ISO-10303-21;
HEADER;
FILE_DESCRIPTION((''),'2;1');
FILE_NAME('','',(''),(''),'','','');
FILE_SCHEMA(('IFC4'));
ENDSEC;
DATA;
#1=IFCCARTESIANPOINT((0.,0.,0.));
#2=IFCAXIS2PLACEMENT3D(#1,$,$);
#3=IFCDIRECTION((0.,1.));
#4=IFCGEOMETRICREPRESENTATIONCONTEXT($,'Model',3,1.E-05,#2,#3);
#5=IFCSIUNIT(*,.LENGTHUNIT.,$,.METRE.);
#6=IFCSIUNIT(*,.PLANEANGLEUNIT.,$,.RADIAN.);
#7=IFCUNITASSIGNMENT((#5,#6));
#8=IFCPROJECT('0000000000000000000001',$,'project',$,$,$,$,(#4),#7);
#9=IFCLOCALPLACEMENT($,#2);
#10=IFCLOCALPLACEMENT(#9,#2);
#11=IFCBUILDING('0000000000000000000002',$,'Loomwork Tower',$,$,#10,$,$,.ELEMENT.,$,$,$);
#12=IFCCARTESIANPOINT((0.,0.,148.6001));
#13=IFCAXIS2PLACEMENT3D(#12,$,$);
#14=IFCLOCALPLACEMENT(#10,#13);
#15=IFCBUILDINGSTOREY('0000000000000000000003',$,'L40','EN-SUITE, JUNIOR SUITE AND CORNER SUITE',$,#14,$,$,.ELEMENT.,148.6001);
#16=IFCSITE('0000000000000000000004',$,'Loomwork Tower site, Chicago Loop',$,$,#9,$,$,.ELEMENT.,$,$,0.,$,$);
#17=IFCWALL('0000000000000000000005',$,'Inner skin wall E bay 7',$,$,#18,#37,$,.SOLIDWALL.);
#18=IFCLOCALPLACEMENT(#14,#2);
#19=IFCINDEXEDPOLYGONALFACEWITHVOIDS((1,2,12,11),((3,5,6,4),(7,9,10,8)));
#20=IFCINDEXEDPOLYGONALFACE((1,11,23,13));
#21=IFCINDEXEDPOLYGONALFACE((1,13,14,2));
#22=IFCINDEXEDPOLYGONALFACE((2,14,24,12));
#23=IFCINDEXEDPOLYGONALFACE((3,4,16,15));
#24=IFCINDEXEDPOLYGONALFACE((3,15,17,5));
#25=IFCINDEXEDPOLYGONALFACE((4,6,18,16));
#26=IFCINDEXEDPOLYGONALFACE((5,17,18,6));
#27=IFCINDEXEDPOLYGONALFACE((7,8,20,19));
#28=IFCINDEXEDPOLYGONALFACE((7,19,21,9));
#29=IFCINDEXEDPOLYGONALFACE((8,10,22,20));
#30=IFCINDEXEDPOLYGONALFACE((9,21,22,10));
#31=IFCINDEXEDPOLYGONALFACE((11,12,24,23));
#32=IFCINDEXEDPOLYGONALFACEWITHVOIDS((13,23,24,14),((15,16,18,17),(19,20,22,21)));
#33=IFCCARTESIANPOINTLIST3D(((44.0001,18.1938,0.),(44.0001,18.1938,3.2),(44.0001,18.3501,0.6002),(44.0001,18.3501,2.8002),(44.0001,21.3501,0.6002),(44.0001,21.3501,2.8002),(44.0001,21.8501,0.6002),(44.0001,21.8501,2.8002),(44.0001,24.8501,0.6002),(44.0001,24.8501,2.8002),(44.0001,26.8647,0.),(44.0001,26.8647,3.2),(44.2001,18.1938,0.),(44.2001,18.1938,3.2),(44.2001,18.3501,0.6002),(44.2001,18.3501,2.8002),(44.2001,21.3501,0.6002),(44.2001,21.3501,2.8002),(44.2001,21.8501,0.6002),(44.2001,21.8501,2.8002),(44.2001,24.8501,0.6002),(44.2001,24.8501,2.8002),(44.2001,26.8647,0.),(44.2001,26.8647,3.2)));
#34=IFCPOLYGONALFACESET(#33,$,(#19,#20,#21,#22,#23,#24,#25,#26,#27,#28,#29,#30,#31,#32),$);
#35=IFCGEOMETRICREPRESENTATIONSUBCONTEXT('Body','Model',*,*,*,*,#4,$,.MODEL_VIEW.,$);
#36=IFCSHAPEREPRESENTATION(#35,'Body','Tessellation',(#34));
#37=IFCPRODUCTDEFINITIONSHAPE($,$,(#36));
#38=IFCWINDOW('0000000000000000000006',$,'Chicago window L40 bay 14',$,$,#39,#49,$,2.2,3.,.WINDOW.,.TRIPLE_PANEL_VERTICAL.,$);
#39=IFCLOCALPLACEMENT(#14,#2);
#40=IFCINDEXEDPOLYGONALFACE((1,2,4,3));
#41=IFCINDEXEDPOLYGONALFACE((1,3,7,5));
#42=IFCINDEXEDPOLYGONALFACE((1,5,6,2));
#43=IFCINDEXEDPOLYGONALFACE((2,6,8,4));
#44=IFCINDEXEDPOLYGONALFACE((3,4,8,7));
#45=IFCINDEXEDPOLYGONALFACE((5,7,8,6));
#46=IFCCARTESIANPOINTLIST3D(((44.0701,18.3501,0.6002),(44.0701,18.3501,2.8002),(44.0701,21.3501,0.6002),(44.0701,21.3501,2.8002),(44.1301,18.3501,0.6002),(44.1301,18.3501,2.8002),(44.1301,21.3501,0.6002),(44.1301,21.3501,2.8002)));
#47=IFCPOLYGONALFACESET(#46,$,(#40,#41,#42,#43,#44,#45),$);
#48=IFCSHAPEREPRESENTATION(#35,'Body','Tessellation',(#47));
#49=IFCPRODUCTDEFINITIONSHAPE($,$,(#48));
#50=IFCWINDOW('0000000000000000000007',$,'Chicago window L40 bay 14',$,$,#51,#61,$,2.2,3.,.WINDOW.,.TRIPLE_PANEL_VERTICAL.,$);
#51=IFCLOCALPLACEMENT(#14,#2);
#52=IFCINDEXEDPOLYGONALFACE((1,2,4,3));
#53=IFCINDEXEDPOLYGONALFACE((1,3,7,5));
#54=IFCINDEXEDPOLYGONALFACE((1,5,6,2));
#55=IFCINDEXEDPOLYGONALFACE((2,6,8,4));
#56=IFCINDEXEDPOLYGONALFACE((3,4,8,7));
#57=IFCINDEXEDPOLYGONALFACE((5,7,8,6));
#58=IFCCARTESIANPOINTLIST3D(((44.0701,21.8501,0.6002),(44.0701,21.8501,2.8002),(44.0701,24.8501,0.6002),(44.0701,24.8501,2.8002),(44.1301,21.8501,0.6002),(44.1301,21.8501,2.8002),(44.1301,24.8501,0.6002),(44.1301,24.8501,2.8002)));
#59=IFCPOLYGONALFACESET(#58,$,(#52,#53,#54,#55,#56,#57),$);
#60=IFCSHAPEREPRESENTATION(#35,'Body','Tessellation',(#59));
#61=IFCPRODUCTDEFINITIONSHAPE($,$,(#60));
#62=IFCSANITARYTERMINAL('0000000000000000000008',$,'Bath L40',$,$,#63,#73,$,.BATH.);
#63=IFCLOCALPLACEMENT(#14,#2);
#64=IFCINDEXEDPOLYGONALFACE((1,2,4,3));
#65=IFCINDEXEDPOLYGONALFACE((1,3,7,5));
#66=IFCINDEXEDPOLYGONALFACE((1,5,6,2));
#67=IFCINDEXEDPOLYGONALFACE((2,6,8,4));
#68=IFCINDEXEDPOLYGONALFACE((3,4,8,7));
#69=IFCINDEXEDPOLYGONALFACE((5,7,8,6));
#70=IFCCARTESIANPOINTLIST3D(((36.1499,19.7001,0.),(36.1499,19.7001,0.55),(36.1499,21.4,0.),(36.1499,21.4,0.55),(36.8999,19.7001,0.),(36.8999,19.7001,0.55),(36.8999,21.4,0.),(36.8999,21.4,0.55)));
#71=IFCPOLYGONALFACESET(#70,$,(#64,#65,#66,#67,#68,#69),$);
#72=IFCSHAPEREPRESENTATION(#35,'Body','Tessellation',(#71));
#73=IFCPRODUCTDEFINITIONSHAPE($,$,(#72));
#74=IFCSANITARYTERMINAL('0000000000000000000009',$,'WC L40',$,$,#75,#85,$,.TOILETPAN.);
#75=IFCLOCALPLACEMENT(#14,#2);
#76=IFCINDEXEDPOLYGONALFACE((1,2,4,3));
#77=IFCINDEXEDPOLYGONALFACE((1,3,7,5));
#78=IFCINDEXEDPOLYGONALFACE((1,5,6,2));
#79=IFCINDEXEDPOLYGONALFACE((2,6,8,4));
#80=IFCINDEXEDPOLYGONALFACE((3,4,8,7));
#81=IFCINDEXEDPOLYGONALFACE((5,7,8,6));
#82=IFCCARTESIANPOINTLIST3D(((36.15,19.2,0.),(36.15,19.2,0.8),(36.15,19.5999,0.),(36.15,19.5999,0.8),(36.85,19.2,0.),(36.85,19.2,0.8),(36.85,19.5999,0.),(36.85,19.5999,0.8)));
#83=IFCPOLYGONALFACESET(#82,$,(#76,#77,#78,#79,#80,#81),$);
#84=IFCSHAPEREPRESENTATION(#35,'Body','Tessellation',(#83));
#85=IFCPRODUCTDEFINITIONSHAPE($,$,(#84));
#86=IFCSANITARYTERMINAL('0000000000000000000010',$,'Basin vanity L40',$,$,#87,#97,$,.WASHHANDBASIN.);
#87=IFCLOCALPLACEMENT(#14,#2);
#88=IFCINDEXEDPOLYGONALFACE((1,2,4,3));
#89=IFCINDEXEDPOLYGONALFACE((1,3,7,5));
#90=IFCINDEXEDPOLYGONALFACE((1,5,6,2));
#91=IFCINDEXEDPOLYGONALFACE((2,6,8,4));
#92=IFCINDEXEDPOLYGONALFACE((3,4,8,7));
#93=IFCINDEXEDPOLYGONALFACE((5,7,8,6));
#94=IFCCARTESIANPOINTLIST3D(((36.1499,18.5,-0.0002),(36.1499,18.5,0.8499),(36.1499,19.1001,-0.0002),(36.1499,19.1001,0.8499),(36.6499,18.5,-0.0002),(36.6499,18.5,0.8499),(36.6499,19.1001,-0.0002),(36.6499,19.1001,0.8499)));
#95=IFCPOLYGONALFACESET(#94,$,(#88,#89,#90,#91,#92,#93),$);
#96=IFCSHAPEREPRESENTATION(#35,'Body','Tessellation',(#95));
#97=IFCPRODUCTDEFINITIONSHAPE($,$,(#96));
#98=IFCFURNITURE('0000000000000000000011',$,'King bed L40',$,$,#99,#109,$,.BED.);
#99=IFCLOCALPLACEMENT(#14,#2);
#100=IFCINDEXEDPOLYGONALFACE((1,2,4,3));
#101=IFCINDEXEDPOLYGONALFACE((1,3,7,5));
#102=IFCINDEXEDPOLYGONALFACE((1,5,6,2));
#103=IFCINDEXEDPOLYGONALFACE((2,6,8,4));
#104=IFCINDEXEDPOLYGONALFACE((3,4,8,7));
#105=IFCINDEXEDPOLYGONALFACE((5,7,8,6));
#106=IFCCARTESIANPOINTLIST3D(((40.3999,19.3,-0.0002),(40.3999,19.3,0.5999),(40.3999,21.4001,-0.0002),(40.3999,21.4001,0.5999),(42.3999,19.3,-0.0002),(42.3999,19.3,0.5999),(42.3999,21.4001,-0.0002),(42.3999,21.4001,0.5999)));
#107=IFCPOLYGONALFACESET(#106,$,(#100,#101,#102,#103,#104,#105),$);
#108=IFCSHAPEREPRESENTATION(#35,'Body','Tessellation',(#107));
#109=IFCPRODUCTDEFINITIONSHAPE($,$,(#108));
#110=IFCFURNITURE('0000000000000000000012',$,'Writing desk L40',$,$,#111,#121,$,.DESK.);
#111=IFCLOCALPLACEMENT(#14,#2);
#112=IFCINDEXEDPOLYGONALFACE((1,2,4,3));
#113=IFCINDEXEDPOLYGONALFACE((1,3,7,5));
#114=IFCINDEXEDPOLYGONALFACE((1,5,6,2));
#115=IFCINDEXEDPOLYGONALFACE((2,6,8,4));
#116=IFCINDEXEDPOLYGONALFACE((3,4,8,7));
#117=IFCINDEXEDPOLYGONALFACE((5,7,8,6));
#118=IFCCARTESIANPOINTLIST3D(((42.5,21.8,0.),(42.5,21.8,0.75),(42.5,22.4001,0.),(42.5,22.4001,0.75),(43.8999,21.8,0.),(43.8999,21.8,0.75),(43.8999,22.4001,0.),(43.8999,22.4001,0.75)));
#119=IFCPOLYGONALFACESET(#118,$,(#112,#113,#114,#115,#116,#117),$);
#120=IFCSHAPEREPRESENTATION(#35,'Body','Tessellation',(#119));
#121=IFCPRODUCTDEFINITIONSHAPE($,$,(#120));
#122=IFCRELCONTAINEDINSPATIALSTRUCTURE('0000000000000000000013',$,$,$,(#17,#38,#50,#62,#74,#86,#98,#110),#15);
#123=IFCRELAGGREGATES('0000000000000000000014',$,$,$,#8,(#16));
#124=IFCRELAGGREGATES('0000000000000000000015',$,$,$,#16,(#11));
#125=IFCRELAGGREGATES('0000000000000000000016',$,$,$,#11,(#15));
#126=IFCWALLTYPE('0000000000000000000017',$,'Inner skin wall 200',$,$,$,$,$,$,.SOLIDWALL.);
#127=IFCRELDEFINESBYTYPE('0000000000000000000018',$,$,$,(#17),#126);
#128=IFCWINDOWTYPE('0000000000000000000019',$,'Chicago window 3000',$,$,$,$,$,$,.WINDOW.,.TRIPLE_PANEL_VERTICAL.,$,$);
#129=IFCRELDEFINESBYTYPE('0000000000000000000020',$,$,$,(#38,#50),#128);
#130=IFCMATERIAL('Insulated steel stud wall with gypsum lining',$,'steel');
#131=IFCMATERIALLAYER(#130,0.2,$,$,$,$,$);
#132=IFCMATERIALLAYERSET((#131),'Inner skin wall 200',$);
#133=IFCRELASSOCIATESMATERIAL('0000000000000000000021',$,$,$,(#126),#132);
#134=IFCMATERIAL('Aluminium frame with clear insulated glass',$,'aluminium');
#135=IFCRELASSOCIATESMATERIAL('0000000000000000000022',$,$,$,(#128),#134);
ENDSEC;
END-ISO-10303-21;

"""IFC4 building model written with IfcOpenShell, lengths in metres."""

from ifc_helpers import new_model, si_unit, direction, frame, frame_2d, origin, origin_2d, place, context, subcontext, project, spatial, rectangle, extrude, material, layer, layer_set, type_object, element, fill, save


model = new_model("IFC4")

# Units and contexts
model_context = context("Model", 3, precision=1e-05, world=origin(), true_north=direction((0.0, 1.0)))
body_context = subcontext(model_context, "Body", "Model", "MODEL_VIEW")
ifc_project = project(units=[si_unit("LENGTHUNIT", "METRE"), si_unit("PLANEANGLEUNIT", "RADIAN")], contexts=[model_context])

# Site, building, storey
site_placement = place(None, origin())
site = spatial("IfcSite", under=ifc_project, at=site_placement, Name="Loomwork Tower site, Chicago Loop", CompositionType="ELEMENT", RefElevation=0.0)
building_placement = place(site_placement, origin())
building = spatial("IfcBuilding", under=site, at=building_placement, Name="Loomwork Tower", CompositionType="ELEMENT")
storey_placement = place(building_placement, frame((0.0, 0.0, 148.6001)))
storey = spatial("IfcBuildingStorey", under=building, at=storey_placement, Name="L40", Description="EN-SUITE, JUNIOR SUITE AND CORNER SUITE", CompositionType="ELEMENT", Elevation=148.6001)

# Wall, openings, windows
ifc_material_1 = material(Name="Insulated steel stud wall with gypsum lining", Category="steel")
ifc_layer_1 = layer(ifc_material_1, 0.2)
ifc_layer_set_1 = layer_set([ifc_layer_1], Name="Inner skin wall 200")
wall_type_1 = type_object("IfcWallType", Name="Inner skin wall 200", PredefinedType="SOLIDWALL", material=ifc_layer_set_1)
wall_1_placement = place(storey_placement, frame((44.1001, 18.1938, 0.0), z_axis=(0.0, 0.0, 1.0), x_axis=(0.0, 1.0, 0.0)))
wall_1 = element("IfcWall", 1, at=wall_1_placement, inside=storey, type_object=wall_type_1, Name="Inner skin wall E bay 7", PredefinedType="SOLIDWALL", context=body_context, shape_type="SweptSolid", body=[
    extrude(rectangle(XDim=8.6709, YDim=0.2, at=frame_2d((4.3354, 0.0))), origin(), (0.0, 0.0, 1.0), 3.2),
])
opening_1_placement = place(wall_1_placement, frame((0.1562, 0.0, 0.6001)))
opening_1 = element("IfcOpeningElement", 2, at=opening_1_placement, cuts=wall_1, PredefinedType="OPENING", context=body_context, shape_type="SweptSolid", body=[
    extrude(rectangle(XDim=3.0, YDim=2.2, at=frame_2d((1.5, 1.1001))), frame((0.0, 0.1099, 0.0), z_axis=(0.0, -1.0, 0.0), x_axis=(1.0, 0.0, 0.0)), (0.0, 0.0, 1.0), 0.22),
])
opening_2_placement = place(wall_1_placement, frame((3.6562, 0.0, 0.6001)))
opening_2 = element("IfcOpeningElement", 3, at=opening_2_placement, cuts=wall_1, PredefinedType="OPENING", context=body_context, shape_type="SweptSolid", body=[
    extrude(rectangle(XDim=3.0, YDim=2.2, at=frame_2d((1.5, 1.1001))), frame((0.0, 0.1099, 0.0), z_axis=(0.0, -1.0, 0.0), x_axis=(1.0, 0.0, 0.0)), (0.0, 0.0, 1.0), 0.22),
])
ifc_material_2 = material(Name="Aluminium frame with clear insulated glass", Category="aluminium")
window_type = type_object("IfcWindowType", Name="Chicago window 3000", PartitioningType="TRIPLE_PANEL_VERTICAL", PredefinedType="WINDOW", material=ifc_material_2)
window_1_placement = place(opening_1_placement, origin())
window_1 = element("IfcWindow", 4, at=window_1_placement, inside=storey, type_object=window_type, Name="Chicago window L40 bay 14", OverallHeight=2.2, OverallWidth=3.0, PartitioningType="TRIPLE_PANEL_VERTICAL", PredefinedType="WINDOW", context=body_context, shape_type="SweptSolid", body=[
    extrude(rectangle(XDim=3.0, YDim=2.2, at=frame_2d((1.5, 1.1001))), frame((0.0, 0.03, 0.0), z_axis=(0.0, -1.0, 0.0), x_axis=(1.0, 0.0, 0.0)), (0.0, 0.0, 1.0), 0.0601),
])
fill(opening_1, window_1)
window_2_placement = place(opening_2_placement, origin())
window_2 = element("IfcWindow", 5, at=window_2_placement, inside=storey, type_object=window_type, Name="Chicago window L40 bay 14", OverallHeight=2.2, OverallWidth=3.0, PartitioningType="TRIPLE_PANEL_VERTICAL", PredefinedType="WINDOW", context=body_context, shape_type="SweptSolid", body=[
    extrude(rectangle(XDim=3.0, YDim=2.2, at=frame_2d((1.5, 1.1001))), frame((0.0, 0.03, 0.0), z_axis=(0.0, -1.0, 0.0), x_axis=(1.0, 0.0, 0.0)), (0.0, 0.0, 1.0), 0.0601),
])
fill(opening_2, window_2)

# Sanitary terminals
sanitary_terminal_1_placement = place(storey_placement, frame((36.5249, 20.55, 0.0), z_axis=(0.0, 0.0, 1.0), x_axis=(1.0, 0.0, 0.0)))
element("IfcSanitaryTerminal", 6, at=sanitary_terminal_1_placement, inside=storey, Name="Bath L40", PredefinedType="BATH", context=body_context, shape_type="SweptSolid", body=[
    extrude(rectangle(XDim=0.75, YDim=1.7, at=origin_2d()), origin(), (0.0, 0.0, 1.0), 0.55),
])
sanitary_terminal_2_placement = place(storey_placement, frame((36.5, 19.3999, 0.0), z_axis=(0.0, 0.0, 1.0), x_axis=(1.0, 0.0, 0.0)))
element("IfcSanitaryTerminal", 7, at=sanitary_terminal_2_placement, inside=storey, Name="WC L40", PredefinedType="TOILETPAN", context=body_context, shape_type="SweptSolid", body=[
    extrude(rectangle(XDim=0.7, YDim=0.3999, at=origin_2d()), origin(), (0.0, 0.0, 1.0), 0.8),
])
sanitary_terminal_3_placement = place(storey_placement, frame((36.3999, 18.8, -0.0002), z_axis=(0.0, 0.0, 1.0), x_axis=(1.0, 0.0, 0.0)))
element("IfcSanitaryTerminal", 8, at=sanitary_terminal_3_placement, inside=storey, Name="Basin vanity L40", PredefinedType="WASHHANDBASIN", context=body_context, shape_type="SweptSolid", body=[
    extrude(rectangle(XDim=0.5, YDim=0.6001, at=origin_2d()), origin(), (0.0, 0.0, 1.0), 0.8501),
])

# Furniture
furniture_1_placement = place(storey_placement, frame((41.3999, 20.3501, -0.0002), z_axis=(0.0, 0.0, 1.0), x_axis=(1.0, 0.0, 0.0)))
element("IfcFurniture", 9, at=furniture_1_placement, inside=storey, Name="King bed L40", PredefinedType="BED", context=body_context, shape_type="SweptSolid", body=[
    extrude(rectangle(XDim=2.0, YDim=2.1001, at=origin_2d()), origin(), (0.0, 0.0, 1.0), 0.6001),
])
furniture_2_placement = place(storey_placement, frame((43.2, 22.1001, 0.0), z_axis=(0.0, 0.0, 1.0), x_axis=(1.0, 0.0, 0.0)))
element("IfcFurniture", 10, at=furniture_2_placement, inside=storey, Name="Writing desk L40", PredefinedType="DESK", context=body_context, shape_type="SweptSolid", body=[
    extrude(rectangle(XDim=1.3999, YDim=0.6001, at=origin_2d()), origin(), (0.0, 0.0, 1.0), 0.75),
])

save(model, "model.ifc")
